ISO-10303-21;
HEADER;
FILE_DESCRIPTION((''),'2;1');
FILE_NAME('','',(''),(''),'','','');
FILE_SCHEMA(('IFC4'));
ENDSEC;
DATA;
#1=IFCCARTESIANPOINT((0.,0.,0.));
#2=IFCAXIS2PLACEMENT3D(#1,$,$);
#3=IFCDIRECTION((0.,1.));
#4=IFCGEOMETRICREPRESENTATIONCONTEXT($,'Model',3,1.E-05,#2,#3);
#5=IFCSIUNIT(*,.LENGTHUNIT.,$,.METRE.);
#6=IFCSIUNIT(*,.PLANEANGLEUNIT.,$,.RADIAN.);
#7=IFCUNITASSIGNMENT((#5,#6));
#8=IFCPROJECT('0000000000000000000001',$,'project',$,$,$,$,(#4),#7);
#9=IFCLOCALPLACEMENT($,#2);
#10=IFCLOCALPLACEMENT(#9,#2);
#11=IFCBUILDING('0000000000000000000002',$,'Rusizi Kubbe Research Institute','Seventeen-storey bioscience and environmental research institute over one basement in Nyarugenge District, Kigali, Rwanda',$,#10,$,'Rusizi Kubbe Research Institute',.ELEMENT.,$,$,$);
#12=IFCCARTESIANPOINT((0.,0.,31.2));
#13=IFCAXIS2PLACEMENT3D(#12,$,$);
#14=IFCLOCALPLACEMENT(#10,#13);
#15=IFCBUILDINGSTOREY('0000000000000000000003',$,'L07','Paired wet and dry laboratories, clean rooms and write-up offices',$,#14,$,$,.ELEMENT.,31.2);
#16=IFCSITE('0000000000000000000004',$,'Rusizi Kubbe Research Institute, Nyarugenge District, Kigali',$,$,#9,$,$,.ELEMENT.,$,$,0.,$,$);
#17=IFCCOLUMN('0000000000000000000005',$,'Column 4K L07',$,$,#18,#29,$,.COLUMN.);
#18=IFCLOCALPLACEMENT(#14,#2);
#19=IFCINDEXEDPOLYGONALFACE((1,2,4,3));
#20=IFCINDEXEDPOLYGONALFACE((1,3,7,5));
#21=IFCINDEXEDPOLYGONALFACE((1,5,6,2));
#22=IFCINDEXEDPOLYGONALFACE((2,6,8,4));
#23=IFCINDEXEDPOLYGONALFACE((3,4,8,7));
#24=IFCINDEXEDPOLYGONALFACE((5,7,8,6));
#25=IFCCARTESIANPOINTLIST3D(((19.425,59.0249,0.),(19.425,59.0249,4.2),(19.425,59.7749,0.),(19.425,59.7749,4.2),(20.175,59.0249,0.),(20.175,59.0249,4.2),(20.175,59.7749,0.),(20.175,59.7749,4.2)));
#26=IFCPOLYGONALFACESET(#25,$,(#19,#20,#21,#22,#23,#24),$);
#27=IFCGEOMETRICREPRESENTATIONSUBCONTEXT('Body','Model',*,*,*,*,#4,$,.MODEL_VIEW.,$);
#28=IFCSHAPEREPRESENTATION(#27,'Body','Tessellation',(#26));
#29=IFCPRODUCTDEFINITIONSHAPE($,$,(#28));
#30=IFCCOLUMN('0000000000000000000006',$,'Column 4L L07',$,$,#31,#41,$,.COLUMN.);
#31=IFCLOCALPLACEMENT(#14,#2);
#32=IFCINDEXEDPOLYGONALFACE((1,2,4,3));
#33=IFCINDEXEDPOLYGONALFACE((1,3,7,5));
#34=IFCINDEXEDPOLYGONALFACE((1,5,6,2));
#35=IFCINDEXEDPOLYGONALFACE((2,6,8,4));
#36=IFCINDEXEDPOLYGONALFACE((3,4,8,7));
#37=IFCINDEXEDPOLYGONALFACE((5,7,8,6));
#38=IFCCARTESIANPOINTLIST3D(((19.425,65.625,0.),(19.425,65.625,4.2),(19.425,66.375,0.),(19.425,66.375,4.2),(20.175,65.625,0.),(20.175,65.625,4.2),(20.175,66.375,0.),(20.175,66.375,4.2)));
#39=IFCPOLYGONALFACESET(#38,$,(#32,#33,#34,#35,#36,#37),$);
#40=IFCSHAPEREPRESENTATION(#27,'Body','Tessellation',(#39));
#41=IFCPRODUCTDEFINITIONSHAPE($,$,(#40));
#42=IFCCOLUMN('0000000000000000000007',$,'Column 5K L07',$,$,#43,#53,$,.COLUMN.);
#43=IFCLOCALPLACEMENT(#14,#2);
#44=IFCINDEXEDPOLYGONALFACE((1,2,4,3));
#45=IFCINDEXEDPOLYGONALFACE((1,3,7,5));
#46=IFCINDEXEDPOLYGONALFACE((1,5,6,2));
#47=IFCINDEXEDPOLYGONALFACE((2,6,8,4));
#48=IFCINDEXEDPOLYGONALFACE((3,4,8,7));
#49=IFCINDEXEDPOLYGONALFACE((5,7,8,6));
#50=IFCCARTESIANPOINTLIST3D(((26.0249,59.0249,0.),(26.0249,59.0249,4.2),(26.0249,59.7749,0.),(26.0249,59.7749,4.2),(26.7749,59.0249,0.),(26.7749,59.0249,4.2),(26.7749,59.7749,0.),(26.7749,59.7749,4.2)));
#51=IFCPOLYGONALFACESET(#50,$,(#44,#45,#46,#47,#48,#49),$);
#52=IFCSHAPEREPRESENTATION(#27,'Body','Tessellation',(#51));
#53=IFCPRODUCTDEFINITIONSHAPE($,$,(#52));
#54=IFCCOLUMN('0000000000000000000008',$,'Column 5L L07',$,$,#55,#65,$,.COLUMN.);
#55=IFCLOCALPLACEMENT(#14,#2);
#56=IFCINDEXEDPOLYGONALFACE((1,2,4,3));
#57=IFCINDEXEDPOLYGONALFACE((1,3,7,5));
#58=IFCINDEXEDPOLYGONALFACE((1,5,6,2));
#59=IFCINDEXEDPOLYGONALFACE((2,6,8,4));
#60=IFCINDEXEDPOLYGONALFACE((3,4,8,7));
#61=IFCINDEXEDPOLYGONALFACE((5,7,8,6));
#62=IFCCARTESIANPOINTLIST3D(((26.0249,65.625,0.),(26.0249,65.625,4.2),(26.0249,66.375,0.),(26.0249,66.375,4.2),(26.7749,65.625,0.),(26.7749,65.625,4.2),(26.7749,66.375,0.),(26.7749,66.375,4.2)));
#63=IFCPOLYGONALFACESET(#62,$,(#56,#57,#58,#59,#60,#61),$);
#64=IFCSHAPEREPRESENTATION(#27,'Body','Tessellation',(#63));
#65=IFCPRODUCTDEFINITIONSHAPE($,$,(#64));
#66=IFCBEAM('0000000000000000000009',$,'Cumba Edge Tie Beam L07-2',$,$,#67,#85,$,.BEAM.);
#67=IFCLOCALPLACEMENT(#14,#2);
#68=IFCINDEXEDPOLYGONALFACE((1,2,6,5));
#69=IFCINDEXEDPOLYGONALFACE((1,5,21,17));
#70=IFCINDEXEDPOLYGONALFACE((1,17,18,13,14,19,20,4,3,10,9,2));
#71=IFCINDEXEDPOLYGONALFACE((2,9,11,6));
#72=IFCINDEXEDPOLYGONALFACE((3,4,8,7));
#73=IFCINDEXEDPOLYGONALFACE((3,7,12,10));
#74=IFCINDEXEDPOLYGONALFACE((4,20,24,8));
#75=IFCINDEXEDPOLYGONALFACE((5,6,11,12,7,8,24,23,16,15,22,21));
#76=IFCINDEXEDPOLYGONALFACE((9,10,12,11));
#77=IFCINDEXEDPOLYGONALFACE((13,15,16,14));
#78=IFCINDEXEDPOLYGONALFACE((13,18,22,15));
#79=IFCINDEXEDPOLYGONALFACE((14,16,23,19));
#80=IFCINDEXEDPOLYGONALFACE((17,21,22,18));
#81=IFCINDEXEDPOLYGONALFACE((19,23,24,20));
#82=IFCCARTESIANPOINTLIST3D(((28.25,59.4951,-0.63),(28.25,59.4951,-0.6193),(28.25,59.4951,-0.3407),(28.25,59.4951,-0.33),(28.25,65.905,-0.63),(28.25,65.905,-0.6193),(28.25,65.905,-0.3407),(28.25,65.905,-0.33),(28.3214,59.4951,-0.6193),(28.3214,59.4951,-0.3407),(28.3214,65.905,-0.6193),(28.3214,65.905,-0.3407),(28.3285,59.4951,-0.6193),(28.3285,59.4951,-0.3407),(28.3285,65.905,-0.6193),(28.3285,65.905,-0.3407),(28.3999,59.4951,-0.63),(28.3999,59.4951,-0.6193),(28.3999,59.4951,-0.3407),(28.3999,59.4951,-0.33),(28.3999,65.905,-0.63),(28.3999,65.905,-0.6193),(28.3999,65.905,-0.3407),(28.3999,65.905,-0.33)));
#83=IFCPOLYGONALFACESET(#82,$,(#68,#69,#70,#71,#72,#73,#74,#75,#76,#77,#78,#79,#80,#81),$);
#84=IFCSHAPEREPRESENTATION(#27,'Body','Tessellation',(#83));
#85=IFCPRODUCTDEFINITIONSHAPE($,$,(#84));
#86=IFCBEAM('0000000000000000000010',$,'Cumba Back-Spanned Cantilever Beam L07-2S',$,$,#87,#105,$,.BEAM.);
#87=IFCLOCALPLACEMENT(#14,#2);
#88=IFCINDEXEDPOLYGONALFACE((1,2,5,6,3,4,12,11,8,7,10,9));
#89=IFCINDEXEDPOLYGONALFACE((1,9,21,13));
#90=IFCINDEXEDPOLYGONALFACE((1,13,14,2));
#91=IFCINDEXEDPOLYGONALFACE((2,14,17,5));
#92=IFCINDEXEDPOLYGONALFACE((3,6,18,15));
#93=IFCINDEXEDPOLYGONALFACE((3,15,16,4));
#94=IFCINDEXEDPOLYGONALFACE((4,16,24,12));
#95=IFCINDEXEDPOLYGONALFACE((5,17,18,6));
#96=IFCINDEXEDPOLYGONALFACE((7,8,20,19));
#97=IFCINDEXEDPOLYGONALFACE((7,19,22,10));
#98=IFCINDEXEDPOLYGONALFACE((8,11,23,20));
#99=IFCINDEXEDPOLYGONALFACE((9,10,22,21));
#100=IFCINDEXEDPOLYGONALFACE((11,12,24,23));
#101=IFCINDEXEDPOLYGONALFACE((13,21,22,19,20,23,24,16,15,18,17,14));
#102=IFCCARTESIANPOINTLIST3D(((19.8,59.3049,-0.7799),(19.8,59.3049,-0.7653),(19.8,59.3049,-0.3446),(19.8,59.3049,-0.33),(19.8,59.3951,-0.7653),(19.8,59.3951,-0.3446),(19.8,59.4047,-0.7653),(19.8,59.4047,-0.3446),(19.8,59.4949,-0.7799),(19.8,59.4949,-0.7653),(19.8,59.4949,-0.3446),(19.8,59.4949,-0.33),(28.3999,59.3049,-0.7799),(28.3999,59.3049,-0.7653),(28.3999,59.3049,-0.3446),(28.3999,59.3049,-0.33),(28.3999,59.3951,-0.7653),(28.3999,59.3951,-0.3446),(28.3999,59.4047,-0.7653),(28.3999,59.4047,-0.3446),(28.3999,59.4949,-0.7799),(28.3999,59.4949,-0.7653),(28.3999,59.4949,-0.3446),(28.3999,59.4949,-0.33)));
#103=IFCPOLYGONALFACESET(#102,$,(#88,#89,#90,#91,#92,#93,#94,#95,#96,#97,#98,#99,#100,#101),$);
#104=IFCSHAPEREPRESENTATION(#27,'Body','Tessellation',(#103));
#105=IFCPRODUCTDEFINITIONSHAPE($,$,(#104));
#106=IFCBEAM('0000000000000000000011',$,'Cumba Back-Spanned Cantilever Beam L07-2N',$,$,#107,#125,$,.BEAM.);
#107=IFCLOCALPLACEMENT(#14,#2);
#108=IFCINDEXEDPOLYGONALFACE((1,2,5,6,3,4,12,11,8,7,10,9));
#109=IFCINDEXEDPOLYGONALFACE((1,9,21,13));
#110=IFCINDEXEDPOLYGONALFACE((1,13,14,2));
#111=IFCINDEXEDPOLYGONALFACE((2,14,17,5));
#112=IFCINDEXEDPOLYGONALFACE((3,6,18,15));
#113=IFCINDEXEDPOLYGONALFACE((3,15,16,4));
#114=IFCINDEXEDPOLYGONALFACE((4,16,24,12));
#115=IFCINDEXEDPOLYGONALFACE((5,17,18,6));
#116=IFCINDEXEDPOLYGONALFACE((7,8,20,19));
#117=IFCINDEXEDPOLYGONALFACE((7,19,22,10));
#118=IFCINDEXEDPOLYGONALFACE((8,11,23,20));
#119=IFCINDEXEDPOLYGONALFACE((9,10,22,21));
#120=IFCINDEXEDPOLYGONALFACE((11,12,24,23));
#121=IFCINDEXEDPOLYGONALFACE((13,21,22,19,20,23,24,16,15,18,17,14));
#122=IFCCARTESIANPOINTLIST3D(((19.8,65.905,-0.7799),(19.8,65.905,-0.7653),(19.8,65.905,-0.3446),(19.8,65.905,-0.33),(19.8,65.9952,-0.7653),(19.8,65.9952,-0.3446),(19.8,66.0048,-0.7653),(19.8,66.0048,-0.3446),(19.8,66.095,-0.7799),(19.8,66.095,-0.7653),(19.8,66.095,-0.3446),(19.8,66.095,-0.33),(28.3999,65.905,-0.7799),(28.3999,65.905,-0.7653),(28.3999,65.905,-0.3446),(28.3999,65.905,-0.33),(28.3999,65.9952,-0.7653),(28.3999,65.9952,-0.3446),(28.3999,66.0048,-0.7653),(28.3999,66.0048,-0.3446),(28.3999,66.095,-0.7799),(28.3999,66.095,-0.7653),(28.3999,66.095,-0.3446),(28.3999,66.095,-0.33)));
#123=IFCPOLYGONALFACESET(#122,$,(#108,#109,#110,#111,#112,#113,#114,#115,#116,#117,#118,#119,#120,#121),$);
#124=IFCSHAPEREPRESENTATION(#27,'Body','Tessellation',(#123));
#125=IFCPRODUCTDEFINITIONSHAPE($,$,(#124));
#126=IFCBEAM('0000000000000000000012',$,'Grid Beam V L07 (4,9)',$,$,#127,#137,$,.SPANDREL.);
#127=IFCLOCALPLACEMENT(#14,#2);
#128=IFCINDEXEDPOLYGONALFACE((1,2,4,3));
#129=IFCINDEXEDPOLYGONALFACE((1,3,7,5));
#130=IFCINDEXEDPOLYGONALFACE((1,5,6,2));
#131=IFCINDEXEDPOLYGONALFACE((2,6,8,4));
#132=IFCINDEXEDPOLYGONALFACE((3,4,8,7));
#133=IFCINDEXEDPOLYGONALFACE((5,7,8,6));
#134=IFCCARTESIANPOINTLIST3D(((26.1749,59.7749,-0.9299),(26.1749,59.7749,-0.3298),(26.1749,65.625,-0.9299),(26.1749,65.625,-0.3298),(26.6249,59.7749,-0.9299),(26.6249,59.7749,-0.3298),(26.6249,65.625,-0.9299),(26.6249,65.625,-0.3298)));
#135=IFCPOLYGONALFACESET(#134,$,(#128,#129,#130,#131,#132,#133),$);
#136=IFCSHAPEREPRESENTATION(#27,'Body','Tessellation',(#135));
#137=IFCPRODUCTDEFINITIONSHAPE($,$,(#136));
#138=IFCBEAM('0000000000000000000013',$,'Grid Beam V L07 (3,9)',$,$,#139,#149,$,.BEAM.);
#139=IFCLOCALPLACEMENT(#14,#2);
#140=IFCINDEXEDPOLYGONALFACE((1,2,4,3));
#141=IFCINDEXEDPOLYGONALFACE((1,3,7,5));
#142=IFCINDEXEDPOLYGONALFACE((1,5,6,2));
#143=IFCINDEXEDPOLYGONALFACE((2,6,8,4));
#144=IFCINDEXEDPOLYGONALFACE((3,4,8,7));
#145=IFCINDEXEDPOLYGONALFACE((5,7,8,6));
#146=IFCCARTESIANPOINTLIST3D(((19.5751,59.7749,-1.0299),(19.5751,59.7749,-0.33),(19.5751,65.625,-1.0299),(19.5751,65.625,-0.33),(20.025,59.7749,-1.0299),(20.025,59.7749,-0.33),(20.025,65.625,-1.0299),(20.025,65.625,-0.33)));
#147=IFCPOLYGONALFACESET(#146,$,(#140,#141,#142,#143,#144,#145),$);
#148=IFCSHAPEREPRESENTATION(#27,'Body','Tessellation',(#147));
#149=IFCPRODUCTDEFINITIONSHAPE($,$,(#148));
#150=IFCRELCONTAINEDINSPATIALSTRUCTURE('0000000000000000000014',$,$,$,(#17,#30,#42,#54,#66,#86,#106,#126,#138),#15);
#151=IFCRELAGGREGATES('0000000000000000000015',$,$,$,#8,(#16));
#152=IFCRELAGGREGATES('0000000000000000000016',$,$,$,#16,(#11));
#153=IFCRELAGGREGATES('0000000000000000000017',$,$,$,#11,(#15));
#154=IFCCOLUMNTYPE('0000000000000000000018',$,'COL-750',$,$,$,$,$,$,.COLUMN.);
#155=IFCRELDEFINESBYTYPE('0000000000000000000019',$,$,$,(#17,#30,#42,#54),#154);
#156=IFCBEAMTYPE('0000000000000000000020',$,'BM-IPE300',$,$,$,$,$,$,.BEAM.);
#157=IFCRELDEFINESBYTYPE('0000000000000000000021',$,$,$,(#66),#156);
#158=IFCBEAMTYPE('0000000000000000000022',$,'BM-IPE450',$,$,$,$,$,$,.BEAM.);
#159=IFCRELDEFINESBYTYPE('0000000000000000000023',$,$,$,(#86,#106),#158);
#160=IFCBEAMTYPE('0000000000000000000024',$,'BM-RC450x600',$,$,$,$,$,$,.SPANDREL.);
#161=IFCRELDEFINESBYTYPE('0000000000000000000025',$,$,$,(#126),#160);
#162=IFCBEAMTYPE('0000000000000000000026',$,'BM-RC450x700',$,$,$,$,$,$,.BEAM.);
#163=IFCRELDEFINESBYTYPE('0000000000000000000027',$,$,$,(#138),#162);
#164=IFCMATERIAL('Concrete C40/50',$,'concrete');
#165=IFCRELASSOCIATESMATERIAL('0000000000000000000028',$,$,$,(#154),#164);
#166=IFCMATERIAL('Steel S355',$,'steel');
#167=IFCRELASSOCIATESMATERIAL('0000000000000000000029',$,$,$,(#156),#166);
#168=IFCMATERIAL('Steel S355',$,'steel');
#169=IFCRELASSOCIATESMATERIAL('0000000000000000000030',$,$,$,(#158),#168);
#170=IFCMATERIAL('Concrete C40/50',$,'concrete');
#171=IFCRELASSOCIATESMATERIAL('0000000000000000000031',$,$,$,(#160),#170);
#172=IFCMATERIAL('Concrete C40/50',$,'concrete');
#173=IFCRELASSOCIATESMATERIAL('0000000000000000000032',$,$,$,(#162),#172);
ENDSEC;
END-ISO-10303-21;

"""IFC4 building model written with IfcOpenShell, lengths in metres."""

from ifc_helpers import new_model, si_unit, direction, frame, origin, origin_2d, place, context, subcontext, project, spatial, rectangle, i_section, extrude, material, material_profile, profile_set, type_object, element, save


model = new_model("IFC4")

# Units and contexts
model_context = context("Model", 3, precision=1e-05, world=origin(), true_north=direction((0.0, 1.0)))
body_context = subcontext(model_context, "Body", "Model", "MODEL_VIEW")
ifc_project = project(units=[si_unit("LENGTHUNIT", "METRE"), si_unit("PLANEANGLEUNIT", "RADIAN")], contexts=[model_context])

# Site, building, storey
site_placement = place(None, origin())
site = spatial("IfcSite", under=ifc_project, at=site_placement, Name="Rusizi Kubbe Research Institute, Nyarugenge District, Kigali", CompositionType="ELEMENT", RefElevation=0.0)
building_placement = place(site_placement, origin())
building = spatial("IfcBuilding", under=site, at=building_placement, Name="Rusizi Kubbe Research Institute", Description="Seventeen-storey bioscience and environmental research institute over one basement in Nyarugenge District, Kigali, Rwanda", LongName="Rusizi Kubbe Research Institute", CompositionType="ELEMENT")
storey_placement = place(building_placement, frame((0.0, 0.0, 31.2)))
storey = spatial("IfcBuildingStorey", under=building, at=storey_placement, Name="L07", Description="Paired wet and dry laboratories, clean rooms and write-up offices", CompositionType="ELEMENT", Elevation=31.2)

# Columns
ifc_material_1 = material(Name="Concrete C40/50", Category="concrete")
ifc_material_profile_1 = material_profile(ifc_material_1, rectangle(XDim=0.75, YDim=0.75, at=origin_2d()), Name="RC750x750")
ifc_profile_set_1 = profile_set([ifc_material_profile_1], Name="Concrete C40/50")
column_type = type_object("IfcColumnType", Name="COL-750", PredefinedType="COLUMN", material=ifc_profile_set_1)
for number, where, z_axis, x_axis, name in (
    (1, (19.8, 59.3999, 0.0), (0.0, 0.0, 1.0), (1.0, 0.0, 0.0), "Column 4K L07"),
    (2, (19.8, 66.0, 0.0), (0.0, 0.0, 1.0), (1.0, 0.0, 0.0), "Column 4L L07"),
    (3, (26.3999, 59.3999, 0.0), (0.0, 0.0, 1.0), (1.0, 0.0, 0.0), "Column 5K L07"),
    (4, (26.3999, 66.0, 0.0), (0.0, 0.0, 1.0), (1.0, 0.0, 0.0), "Column 5L L07"),
):
    element("IfcColumn", number, at=place(storey_placement, frame(where, z_axis=z_axis, x_axis=x_axis)), inside=storey, type_object=column_type, Name=name, PredefinedType="COLUMN", context=body_context, shape_type="SweptSolid", body=[
        extrude(rectangle(XDim=0.75, YDim=0.75, at=origin_2d()), origin(), (0.0, 0.0, 1.0), 4.2),
    ])

# Beams
ifc_material_2 = material(Name="Steel S355", Category="steel")
ifc_material_profile_2 = material_profile(ifc_material_2, i_section(OverallWidth=0.1499, OverallDepth=0.3, WebThickness=0.0071, FlangeThickness=0.0107, at=origin_2d()), Name="IPE 300")
ifc_profile_set_2 = profile_set([ifc_material_profile_2], Name="Steel S355")
beam_type_1 = type_object("IfcBeamType", Name="BM-IPE300", PredefinedType="BEAM", material=ifc_profile_set_2)
beam_1_placement = place(storey_placement, frame((28.325, 59.4951, -0.48), z_axis=(0.0, 1.0, 0.0), x_axis=(-1.0, 0.0, 0.0)))
element("IfcBeam", 5, at=beam_1_placement, inside=storey, type_object=beam_type_1, Name="Cumba Edge Tie Beam L07-2", PredefinedType="BEAM", context=body_context, shape_type="SweptSolid", body=[
    extrude(i_section(OverallWidth=0.1499, OverallDepth=0.3, WebThickness=0.0071, FlangeThickness=0.0107, at=origin_2d()), origin(), (0.0, 0.0, 1.0), 6.4099),
])
ifc_material_3 = material(Name="Steel S355", Category="steel")
ifc_material_profile_3 = material_profile(ifc_material_3, i_section(OverallWidth=0.1899, OverallDepth=0.45, WebThickness=0.0095, FlangeThickness=0.0146, at=origin_2d()), Name="IPE 450")
ifc_profile_set_3 = profile_set([ifc_material_profile_3], Name="Steel S355")
beam_type_2 = type_object("IfcBeamType", Name="BM-IPE450", PredefinedType="BEAM", material=ifc_profile_set_3)
for number, where, z_axis, x_axis, name in (
    (6, (19.8, 59.3999, -0.5549), (1.0, 0.0, 0.0), (0.0, 1.0, 0.0), "Cumba Back-Spanned Cantilever Beam L07-2S"),
    (7, (19.8, 66.0, -0.5549), (1.0, 0.0, 0.0), (0.0, 1.0, 0.0), "Cumba Back-Spanned Cantilever Beam L07-2N"),
):
    element("IfcBeam", number, at=place(storey_placement, frame(where, z_axis=z_axis, x_axis=x_axis)), inside=storey, type_object=beam_type_2, Name=name, PredefinedType="BEAM", context=body_context, shape_type="SweptSolid", body=[
        extrude(i_section(OverallWidth=0.1899, OverallDepth=0.45, WebThickness=0.0095, FlangeThickness=0.0146, at=origin_2d()), origin(), (0.0, 0.0, 1.0), 8.5999),
    ])
ifc_material_4 = material(Name="Concrete C40/50", Category="concrete")
ifc_material_profile_4 = material_profile(ifc_material_4, rectangle(XDim=0.45, YDim=0.6001, at=origin_2d()), Name="RC450x600")
ifc_profile_set_4 = profile_set([ifc_material_profile_4], Name="Concrete C40/50")
beam_type_3 = type_object("IfcBeamType", Name="BM-RC450x600", PredefinedType="SPANDREL", material=ifc_profile_set_4)
beam_2_placement = place(storey_placement, frame((26.3999, 59.7749, -0.6299), z_axis=(0.0, 1.0, 0.0), x_axis=(-1.0, 0.0, 0.0)))
element("IfcBeam", 8, at=beam_2_placement, inside=storey, type_object=beam_type_3, Name="Grid Beam V L07 (4,9)", PredefinedType="SPANDREL", context=body_context, shape_type="SweptSolid", body=[
    extrude(rectangle(XDim=0.45, YDim=0.6001, at=origin_2d()), origin(), (0.0, 0.0, 1.0), 5.8501),
])
ifc_material_5 = material(Name="Concrete C40/50", Category="concrete")
ifc_material_profile_5 = material_profile(ifc_material_5, rectangle(XDim=0.45, YDim=0.7, at=origin_2d()), Name="RC450x700B")
ifc_profile_set_5 = profile_set([ifc_material_profile_5], Name="Concrete C40/50")
beam_type_4 = type_object("IfcBeamType", Name="BM-RC450x700", PredefinedType="BEAM", material=ifc_profile_set_5)
beam_3_placement = place(storey_placement, frame((19.8, 59.7749, -0.6799), z_axis=(0.0, 1.0, 0.0), x_axis=(-1.0, 0.0, 0.0)))
element("IfcBeam", 9, at=beam_3_placement, inside=storey, type_object=beam_type_4, Name="Grid Beam V L07 (3,9)", PredefinedType="BEAM", context=body_context, shape_type="SweptSolid", body=[
    extrude(rectangle(XDim=0.45, YDim=0.7, at=origin_2d()), origin(), (0.0, 0.0, 1.0), 5.8501),
])

save(model, "model.ifc")
